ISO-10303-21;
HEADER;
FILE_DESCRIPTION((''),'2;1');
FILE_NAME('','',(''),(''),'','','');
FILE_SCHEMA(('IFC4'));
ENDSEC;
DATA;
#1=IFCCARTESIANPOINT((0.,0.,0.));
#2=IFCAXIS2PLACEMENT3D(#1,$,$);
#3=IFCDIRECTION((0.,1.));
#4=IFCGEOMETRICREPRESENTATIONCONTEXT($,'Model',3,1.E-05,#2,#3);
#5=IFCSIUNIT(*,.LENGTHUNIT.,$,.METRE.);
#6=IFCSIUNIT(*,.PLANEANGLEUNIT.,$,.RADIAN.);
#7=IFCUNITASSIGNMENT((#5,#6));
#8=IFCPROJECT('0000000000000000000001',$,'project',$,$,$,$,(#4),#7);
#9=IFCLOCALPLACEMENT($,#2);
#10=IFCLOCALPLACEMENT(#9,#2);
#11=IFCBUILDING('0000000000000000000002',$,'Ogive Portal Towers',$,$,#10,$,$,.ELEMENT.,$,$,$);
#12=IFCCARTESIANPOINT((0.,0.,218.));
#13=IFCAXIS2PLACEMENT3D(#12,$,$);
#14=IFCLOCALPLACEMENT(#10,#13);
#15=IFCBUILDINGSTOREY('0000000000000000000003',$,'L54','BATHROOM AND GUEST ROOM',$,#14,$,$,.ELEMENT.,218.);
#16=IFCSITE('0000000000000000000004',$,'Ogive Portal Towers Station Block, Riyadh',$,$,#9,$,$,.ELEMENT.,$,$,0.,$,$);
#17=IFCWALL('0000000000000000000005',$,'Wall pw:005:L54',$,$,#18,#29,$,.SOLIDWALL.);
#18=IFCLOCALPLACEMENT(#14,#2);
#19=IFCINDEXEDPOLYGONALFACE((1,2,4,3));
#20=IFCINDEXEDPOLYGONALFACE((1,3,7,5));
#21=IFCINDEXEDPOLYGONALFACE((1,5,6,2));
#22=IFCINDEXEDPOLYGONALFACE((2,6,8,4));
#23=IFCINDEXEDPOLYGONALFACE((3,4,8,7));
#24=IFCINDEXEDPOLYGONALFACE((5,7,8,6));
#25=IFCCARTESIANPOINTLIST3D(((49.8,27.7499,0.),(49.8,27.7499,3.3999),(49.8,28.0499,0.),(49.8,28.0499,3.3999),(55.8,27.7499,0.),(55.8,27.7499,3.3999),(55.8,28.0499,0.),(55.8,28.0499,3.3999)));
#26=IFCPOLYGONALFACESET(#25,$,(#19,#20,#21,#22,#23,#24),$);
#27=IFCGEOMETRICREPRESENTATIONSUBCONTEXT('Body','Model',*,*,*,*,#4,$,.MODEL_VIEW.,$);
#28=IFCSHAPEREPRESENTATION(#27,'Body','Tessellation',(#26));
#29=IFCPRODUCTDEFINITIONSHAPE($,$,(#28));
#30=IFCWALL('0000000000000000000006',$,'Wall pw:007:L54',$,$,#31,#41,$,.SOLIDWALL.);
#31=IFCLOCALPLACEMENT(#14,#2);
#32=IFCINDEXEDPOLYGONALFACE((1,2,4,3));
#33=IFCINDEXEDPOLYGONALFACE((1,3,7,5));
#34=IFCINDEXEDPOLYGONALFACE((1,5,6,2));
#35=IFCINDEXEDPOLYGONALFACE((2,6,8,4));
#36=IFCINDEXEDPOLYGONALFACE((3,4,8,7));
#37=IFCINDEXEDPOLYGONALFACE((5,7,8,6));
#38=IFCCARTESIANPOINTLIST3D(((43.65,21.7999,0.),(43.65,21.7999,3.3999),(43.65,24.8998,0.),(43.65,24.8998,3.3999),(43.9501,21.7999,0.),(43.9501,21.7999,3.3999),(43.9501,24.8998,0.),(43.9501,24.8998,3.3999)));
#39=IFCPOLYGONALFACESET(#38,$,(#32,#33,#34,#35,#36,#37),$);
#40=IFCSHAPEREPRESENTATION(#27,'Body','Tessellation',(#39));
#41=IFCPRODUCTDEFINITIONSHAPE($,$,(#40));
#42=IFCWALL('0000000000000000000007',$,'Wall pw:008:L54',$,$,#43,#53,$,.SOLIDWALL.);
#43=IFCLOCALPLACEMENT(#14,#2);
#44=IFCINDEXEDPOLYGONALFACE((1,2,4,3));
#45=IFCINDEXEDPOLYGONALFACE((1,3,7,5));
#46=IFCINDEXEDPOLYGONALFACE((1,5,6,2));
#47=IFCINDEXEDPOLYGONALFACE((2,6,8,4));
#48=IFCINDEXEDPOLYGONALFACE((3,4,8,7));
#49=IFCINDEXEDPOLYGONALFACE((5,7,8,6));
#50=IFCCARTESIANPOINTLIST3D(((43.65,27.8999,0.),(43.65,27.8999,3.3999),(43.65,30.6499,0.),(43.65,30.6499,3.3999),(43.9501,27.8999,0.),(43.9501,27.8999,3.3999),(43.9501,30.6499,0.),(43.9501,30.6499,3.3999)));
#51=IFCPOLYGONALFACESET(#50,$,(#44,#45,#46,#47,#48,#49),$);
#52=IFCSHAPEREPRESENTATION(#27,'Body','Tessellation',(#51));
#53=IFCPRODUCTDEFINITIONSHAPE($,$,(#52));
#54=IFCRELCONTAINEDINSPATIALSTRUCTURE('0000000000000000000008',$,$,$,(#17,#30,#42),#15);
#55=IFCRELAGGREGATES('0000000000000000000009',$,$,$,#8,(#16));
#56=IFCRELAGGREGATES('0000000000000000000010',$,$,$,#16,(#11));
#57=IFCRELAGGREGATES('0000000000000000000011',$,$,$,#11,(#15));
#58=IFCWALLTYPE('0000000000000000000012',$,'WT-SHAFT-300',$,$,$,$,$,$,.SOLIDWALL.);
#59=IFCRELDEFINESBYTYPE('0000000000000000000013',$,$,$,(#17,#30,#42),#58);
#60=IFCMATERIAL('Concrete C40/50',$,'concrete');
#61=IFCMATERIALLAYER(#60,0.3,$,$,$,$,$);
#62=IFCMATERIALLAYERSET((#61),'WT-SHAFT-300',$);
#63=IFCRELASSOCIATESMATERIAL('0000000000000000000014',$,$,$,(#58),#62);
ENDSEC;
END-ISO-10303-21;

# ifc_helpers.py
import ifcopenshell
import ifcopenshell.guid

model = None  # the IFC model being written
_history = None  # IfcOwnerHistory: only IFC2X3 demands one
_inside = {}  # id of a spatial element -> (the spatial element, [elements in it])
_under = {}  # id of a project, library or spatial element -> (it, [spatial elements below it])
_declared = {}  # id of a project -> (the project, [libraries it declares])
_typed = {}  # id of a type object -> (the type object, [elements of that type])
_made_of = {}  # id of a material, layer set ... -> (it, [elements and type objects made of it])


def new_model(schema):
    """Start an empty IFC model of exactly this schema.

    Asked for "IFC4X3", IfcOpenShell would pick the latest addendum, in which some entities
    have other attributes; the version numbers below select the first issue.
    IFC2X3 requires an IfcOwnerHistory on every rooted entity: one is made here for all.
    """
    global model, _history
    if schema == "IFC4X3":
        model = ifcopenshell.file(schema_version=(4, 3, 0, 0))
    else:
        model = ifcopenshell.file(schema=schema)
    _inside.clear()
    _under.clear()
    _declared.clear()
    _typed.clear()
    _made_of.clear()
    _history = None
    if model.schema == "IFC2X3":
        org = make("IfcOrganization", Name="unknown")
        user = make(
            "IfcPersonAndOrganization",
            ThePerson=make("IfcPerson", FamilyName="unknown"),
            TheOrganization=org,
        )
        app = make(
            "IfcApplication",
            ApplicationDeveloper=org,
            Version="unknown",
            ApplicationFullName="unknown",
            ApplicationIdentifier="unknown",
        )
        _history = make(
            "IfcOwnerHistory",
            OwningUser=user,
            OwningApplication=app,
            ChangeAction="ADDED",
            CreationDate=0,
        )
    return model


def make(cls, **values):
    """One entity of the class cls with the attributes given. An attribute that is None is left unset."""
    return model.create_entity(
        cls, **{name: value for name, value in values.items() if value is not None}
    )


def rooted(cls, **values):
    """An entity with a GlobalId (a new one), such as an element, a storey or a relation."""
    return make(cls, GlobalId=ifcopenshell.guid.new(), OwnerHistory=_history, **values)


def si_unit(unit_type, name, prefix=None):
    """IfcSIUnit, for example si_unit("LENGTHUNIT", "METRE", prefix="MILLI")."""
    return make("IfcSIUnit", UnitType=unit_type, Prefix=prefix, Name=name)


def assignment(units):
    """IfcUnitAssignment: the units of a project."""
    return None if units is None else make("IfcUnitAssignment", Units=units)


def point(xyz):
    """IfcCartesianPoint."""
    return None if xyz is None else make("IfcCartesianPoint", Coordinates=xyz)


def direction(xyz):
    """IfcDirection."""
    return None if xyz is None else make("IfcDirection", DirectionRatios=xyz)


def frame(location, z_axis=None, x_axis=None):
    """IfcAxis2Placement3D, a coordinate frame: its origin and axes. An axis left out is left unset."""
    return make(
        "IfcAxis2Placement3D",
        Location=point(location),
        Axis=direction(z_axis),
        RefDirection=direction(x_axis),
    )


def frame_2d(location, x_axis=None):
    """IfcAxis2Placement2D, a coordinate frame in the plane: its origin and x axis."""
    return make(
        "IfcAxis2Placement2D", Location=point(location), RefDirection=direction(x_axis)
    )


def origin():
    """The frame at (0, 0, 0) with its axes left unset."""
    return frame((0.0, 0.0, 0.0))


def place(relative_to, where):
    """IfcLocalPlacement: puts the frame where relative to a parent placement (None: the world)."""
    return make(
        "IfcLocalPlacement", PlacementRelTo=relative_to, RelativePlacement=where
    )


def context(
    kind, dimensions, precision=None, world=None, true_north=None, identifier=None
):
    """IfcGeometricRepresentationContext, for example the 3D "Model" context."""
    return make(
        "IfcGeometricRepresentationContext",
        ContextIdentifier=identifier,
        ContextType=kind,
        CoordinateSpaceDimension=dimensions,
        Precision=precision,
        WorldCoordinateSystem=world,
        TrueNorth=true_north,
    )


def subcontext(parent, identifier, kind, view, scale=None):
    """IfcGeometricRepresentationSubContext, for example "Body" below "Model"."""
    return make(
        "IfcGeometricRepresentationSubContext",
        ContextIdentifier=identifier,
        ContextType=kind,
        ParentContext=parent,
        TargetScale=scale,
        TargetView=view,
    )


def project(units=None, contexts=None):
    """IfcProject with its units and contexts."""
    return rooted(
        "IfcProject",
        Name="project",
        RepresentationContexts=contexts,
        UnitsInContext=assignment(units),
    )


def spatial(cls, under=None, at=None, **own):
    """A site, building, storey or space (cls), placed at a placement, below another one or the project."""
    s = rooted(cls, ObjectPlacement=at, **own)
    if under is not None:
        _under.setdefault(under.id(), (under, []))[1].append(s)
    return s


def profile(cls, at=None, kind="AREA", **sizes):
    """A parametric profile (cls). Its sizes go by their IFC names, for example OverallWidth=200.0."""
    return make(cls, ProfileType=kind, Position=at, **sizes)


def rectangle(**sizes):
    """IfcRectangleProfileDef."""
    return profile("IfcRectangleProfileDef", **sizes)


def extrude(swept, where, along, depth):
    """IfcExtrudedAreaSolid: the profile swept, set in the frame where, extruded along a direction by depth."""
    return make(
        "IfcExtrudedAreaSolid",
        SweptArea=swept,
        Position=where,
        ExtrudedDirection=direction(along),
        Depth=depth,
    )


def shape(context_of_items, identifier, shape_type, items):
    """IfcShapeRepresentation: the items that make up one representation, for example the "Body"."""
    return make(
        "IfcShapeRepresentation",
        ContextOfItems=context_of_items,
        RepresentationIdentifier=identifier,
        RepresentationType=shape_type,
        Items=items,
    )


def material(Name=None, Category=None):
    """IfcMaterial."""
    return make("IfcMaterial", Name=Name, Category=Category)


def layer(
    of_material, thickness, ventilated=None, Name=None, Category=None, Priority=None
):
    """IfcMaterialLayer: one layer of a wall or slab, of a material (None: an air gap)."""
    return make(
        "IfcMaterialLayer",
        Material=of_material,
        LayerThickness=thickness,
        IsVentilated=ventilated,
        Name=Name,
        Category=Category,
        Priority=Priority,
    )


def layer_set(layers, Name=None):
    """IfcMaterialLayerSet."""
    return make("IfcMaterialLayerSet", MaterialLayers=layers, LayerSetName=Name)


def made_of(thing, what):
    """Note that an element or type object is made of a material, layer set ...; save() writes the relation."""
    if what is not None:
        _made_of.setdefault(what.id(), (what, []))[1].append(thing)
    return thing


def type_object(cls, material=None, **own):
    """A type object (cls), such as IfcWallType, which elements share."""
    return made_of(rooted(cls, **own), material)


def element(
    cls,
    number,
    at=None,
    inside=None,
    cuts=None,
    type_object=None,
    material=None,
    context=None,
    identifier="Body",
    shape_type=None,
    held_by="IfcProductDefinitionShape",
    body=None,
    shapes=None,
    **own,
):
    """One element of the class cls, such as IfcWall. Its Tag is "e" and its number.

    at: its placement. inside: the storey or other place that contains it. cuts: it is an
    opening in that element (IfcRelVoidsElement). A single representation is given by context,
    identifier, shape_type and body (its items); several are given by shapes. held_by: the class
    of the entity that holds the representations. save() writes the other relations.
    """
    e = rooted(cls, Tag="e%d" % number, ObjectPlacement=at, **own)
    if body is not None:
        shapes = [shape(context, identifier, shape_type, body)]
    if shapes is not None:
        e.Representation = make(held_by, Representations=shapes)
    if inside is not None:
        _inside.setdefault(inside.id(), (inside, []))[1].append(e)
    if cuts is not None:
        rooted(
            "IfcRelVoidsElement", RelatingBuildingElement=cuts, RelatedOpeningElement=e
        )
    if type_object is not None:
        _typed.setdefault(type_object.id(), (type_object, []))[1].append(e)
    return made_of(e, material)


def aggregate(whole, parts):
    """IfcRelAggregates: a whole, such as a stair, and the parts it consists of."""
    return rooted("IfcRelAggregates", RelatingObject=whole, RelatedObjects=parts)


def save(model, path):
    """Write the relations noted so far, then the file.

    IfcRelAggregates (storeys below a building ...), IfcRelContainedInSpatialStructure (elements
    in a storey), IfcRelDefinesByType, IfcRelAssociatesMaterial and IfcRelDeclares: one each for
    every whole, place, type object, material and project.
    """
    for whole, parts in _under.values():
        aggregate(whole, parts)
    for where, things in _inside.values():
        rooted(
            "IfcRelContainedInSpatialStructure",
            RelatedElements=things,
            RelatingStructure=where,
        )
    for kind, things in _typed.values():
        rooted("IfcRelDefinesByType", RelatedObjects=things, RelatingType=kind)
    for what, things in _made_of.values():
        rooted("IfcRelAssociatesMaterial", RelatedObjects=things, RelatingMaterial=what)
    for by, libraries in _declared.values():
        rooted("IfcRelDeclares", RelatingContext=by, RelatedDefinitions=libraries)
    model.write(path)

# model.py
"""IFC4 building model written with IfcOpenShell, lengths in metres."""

from ifc_helpers import new_model, si_unit, direction, frame, frame_2d, origin, place, context, subcontext, project, spatial, rectangle, extrude, material, layer, layer_set, type_object, element, save


model = new_model("IFC4")

# Units and contexts
model_context = context("Model", 3, precision=1e-05, world=origin(), true_north=direction((0.0, 1.0)))
body_context = subcontext(model_context, "Body", "Model", "MODEL_VIEW")
ifc_project = project(units=[si_unit("LENGTHUNIT", "METRE"), si_unit("PLANEANGLEUNIT", "RADIAN")], contexts=[model_context])

# Site, building, storey
site_placement = place(None, origin())
site = spatial("IfcSite", under=ifc_project, at=site_placement, Name="Ogive Portal Towers Station Block, Riyadh", CompositionType="ELEMENT", RefElevation=0.0)
building_placement = place(site_placement, origin())
building = spatial("IfcBuilding", under=site, at=building_placement, Name="Ogive Portal Towers", CompositionType="ELEMENT")
storey_placement = place(building_placement, frame((0.0, 0.0, 218.0)))
storey = spatial("IfcBuildingStorey", under=building, at=storey_placement, Name="L54", Description="BATHROOM AND GUEST ROOM", CompositionType="ELEMENT", Elevation=218.0)

# Shared definitions
ifc_material_1 = material(Name="Concrete C40/50", Category="concrete")
ifc_layer_1 = layer(ifc_material_1, 0.3)
ifc_layer_set_1 = layer_set([ifc_layer_1], Name="WT-SHAFT-300")
wall_type_1 = type_object("IfcWallType", Name="WT-SHAFT-300", PredefinedType="SOLIDWALL", material=ifc_layer_set_1)

# Walls
wall_1_placement = place(storey_placement, frame((49.8, 27.8999, 0.0), z_axis=(0.0, 0.0, 1.0), x_axis=(1.0, 0.0, 0.0)))
element("IfcWall", 1, at=wall_1_placement, inside=storey, type_object=wall_type_1, Name="Wall pw:005:L54", PredefinedType="SOLIDWALL", context=body_context, shape_type="SweptSolid", body=[
    extrude(rectangle(XDim=6.0, YDim=0.3, at=frame_2d((3.0, 0.0))), origin(), (0.0, 0.0, 1.0), 3.3999),
])
wall_2_placement = place(storey_placement, frame((43.8, 21.8, 0.0), z_axis=(0.0, 0.0, 1.0), x_axis=(0.0, 1.0, 0.0)))
element("IfcWall", 2, at=wall_2_placement, inside=storey, type_object=wall_type_1, Name="Wall pw:007:L54", PredefinedType="SOLIDWALL", context=body_context, shape_type="SweptSolid", body=[
    extrude(rectangle(XDim=3.0999, YDim=0.3, at=frame_2d((1.5498, 0.0))), origin(), (0.0, 0.0, 1.0), 3.3999),
])
wall_3_placement = place(storey_placement, frame((43.8, 27.8999, 0.0), z_axis=(0.0, 0.0, 1.0), x_axis=(0.0, 1.0, 0.0)))
element("IfcWall", 3, at=wall_3_placement, inside=storey, type_object=wall_type_1, Name="Wall pw:008:L54", PredefinedType="SOLIDWALL", context=body_context, shape_type="SweptSolid", body=[
    extrude(rectangle(XDim=2.75, YDim=0.3, at=frame_2d((1.375, 0.0))), origin(), (0.0, 0.0, 1.0), 3.3999),
])

save(model, "model.ifc")
